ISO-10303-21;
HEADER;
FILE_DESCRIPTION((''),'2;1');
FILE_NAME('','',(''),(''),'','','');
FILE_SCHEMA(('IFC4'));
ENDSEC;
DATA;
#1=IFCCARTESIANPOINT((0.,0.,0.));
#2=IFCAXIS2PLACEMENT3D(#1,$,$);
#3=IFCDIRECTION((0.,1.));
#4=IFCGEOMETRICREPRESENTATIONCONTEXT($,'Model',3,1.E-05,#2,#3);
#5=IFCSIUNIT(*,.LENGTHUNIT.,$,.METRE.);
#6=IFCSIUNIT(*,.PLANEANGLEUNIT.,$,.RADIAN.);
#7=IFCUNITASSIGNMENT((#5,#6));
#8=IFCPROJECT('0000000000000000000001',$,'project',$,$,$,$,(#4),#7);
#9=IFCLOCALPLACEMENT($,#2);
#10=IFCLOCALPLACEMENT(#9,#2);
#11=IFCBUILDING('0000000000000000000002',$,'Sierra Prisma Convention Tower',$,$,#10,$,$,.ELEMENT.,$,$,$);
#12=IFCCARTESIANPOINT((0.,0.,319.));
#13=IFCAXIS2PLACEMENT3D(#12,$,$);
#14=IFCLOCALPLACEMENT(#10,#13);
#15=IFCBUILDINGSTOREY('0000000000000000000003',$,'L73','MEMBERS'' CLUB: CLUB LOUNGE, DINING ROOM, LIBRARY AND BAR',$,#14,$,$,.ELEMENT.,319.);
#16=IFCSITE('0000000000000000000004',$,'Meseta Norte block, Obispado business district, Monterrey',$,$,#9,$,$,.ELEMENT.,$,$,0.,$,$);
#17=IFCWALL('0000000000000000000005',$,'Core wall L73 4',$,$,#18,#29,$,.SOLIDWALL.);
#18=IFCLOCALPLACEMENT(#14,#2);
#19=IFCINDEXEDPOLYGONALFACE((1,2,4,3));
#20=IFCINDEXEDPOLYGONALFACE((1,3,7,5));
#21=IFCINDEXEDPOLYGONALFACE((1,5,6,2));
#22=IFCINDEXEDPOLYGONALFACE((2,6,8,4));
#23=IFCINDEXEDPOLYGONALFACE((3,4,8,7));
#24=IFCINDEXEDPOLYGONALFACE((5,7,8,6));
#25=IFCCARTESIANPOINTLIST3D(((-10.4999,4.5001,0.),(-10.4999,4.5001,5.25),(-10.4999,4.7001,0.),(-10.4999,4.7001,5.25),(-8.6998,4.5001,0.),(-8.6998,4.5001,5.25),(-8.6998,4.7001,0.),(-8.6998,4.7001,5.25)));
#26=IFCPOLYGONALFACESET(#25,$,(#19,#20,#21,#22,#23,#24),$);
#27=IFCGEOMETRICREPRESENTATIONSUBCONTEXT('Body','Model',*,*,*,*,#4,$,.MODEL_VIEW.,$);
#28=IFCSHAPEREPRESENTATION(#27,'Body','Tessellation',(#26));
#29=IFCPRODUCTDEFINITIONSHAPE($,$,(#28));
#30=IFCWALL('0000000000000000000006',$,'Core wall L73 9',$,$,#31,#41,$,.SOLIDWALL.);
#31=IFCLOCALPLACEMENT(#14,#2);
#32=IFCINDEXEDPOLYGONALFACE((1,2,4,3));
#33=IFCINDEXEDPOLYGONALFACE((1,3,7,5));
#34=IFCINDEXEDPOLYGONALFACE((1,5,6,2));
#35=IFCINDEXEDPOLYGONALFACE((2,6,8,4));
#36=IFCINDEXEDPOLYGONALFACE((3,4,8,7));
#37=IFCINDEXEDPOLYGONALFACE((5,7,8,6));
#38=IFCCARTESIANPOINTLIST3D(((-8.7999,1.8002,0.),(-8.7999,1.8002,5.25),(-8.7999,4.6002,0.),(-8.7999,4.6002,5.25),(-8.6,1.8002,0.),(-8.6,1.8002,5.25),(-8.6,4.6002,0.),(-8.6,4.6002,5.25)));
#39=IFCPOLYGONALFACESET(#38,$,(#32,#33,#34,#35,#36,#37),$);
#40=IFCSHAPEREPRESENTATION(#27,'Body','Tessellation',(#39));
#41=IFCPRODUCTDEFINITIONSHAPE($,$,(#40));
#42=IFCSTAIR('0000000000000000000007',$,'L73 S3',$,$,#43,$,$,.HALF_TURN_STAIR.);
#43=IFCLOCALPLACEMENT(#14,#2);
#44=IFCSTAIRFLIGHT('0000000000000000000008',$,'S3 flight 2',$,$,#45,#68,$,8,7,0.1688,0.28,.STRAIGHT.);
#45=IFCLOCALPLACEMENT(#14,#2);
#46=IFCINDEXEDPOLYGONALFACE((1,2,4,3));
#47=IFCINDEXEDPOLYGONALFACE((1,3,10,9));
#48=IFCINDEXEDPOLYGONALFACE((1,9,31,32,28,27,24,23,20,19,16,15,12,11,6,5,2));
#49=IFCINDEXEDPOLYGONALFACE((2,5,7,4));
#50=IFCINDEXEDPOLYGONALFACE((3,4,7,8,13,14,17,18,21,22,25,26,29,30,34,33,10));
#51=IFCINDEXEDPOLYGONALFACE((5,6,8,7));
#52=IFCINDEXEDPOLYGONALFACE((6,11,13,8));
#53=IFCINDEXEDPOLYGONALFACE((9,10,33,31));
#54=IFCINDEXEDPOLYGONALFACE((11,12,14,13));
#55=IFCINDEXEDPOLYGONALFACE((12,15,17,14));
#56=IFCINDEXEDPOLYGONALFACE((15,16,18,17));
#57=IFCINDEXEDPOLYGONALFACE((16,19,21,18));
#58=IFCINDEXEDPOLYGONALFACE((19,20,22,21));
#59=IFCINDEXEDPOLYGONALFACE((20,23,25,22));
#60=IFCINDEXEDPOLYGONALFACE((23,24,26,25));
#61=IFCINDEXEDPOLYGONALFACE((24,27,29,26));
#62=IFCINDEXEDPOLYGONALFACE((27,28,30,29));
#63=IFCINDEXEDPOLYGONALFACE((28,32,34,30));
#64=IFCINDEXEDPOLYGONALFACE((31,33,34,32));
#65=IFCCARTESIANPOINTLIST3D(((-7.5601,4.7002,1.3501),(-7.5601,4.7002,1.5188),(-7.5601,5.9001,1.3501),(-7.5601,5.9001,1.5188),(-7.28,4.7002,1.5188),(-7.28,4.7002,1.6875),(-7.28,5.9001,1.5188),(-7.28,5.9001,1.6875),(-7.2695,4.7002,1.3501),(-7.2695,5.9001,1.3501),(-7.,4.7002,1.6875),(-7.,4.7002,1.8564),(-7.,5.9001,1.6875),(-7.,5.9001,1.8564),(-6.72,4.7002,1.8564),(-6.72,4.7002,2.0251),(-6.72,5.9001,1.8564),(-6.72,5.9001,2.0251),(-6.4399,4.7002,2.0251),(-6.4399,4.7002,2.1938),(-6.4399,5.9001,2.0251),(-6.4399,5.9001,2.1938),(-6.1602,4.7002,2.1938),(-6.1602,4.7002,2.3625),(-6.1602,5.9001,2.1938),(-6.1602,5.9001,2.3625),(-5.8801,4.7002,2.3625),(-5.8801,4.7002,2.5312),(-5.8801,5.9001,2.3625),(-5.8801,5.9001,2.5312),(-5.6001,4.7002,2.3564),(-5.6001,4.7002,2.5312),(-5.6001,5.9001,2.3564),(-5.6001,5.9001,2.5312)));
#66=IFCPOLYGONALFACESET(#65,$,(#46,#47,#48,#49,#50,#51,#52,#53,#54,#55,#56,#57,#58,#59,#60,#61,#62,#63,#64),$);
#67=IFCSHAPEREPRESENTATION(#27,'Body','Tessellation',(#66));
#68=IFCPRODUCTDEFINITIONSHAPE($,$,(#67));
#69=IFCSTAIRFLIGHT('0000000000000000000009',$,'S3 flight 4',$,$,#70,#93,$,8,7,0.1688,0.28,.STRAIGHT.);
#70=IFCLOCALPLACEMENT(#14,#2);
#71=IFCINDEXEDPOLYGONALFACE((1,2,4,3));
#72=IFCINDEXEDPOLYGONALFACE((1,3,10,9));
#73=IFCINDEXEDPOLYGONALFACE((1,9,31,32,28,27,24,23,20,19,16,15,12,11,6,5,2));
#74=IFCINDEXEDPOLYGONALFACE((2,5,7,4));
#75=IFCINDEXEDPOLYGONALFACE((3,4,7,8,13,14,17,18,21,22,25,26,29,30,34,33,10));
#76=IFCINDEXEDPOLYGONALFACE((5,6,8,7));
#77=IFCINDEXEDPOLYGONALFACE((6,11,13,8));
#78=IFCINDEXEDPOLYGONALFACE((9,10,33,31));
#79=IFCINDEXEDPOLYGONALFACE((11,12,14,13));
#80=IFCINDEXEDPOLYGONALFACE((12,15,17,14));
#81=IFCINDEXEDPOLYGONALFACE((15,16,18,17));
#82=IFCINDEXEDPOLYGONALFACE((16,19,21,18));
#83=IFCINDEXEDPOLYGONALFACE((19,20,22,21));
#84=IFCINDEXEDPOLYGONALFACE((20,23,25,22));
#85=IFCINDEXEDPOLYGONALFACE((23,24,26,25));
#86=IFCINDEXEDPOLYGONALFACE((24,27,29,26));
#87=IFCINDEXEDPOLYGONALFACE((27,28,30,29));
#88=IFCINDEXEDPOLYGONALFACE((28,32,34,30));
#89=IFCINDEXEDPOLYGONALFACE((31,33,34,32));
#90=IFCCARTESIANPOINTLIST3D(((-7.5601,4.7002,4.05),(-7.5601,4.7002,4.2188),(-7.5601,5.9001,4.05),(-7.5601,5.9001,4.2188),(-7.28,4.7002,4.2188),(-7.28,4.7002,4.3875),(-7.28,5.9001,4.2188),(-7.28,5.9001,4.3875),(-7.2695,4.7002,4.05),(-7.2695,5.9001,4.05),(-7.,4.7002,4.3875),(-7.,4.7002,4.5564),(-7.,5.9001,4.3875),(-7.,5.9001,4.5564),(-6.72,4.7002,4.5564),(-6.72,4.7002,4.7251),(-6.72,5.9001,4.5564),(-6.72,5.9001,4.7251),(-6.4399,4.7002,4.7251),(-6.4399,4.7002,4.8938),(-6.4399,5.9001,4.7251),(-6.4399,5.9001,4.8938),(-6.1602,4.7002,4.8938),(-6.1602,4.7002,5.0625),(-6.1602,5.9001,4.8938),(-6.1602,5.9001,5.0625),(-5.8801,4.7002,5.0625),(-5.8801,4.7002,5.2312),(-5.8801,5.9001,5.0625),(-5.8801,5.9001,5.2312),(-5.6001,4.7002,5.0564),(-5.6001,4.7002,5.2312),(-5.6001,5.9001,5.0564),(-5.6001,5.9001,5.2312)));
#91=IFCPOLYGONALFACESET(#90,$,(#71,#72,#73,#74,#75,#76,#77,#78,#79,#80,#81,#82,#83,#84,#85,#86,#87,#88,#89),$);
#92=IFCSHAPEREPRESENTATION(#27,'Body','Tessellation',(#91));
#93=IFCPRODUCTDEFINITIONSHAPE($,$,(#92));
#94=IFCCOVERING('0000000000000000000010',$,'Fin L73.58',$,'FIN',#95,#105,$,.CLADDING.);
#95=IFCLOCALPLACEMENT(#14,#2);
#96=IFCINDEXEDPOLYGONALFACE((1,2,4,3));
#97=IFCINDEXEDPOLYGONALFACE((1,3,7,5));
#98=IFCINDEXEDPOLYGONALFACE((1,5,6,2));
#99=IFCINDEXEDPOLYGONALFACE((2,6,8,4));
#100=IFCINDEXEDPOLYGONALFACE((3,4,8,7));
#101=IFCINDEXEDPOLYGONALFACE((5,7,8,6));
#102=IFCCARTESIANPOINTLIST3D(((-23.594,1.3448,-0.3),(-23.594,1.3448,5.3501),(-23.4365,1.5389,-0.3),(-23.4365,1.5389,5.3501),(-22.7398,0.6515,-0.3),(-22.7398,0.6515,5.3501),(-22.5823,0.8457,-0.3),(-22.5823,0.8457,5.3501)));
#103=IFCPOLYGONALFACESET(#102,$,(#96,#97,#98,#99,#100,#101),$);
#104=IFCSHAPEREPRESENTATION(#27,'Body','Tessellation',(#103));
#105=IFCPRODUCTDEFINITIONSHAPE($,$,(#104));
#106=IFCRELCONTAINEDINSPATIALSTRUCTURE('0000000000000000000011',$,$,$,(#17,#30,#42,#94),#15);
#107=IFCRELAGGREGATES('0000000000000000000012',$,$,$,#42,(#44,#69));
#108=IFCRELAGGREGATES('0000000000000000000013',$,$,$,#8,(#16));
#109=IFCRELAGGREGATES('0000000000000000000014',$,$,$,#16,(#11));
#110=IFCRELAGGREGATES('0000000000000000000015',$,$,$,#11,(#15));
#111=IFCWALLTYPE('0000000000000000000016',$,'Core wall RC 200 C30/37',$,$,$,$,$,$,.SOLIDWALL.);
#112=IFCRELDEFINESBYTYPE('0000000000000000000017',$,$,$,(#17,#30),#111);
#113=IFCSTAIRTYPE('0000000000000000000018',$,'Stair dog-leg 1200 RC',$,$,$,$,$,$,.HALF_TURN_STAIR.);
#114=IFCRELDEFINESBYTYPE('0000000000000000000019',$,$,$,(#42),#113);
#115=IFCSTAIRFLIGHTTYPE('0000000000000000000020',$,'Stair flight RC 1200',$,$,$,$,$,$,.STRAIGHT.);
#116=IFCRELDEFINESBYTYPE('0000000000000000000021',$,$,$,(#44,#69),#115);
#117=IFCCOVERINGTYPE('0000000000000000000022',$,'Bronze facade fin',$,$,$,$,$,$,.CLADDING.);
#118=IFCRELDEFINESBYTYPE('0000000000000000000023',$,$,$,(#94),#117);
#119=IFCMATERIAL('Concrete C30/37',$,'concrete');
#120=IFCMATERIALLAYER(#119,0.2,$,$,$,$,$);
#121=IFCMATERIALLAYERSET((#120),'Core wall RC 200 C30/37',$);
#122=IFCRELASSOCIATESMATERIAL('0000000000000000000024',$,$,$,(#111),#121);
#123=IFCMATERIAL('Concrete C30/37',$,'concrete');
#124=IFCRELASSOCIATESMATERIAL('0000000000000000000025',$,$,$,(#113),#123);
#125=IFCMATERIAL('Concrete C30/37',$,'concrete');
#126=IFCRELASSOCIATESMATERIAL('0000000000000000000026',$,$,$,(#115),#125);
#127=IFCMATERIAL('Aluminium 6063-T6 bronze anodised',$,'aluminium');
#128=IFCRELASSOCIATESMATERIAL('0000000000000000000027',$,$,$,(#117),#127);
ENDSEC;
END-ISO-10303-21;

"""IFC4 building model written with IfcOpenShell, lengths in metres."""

from ifc_helpers import new_model, si_unit, direction, frame, frame_2d, origin, origin_2d, place, context, subcontext, project, spatial, polyline, rectangle, outline, extrude, material, layer, layer_set, material_profile, profile_set, type_object, element, aggregate, save


model = new_model("IFC4")

# Units and contexts
model_context = context("Model", 3, precision=1e-05, world=origin(), true_north=direction((0.0, 1.0)))
body_context = subcontext(model_context, "Body", "Model", "MODEL_VIEW")
ifc_project = project(units=[si_unit("LENGTHUNIT", "METRE"), si_unit("PLANEANGLEUNIT", "RADIAN")], contexts=[model_context])

# Site, building, storey
site_placement = place(None, origin())
site = spatial("IfcSite", under=ifc_project, at=site_placement, Name="Meseta Norte block, Obispado business district, Monterrey", CompositionType="ELEMENT", RefElevation=0.0)
building_placement = place(site_placement, origin())
building = spatial("IfcBuilding", under=site, at=building_placement, Name="Sierra Prisma Convention Tower", CompositionType="ELEMENT")
storey_placement = place(building_placement, frame((0.0, 0.0, 319.0)))
storey = spatial("IfcBuildingStorey", under=building, at=storey_placement, Name="L73", Description="MEMBERS' CLUB: CLUB LOUNGE, DINING ROOM, LIBRARY AND BAR", CompositionType="ELEMENT", Elevation=319.0)

# Shared definitions
ifc_material_1 = material(Name="Concrete C30/37", Category="concrete")
ifc_layer_1 = layer(ifc_material_1, 0.2)
ifc_layer_set_1 = layer_set([ifc_layer_1], Name="Core wall RC 200 C30/37")
wall_type = type_object("IfcWallType", Name="Core wall RC 200 C30/37", PredefinedType="SOLIDWALL", material=ifc_layer_set_1)

# Wall
wall_1_placement = place(storey_placement, frame((-8.7, 4.6001, 0.0), z_axis=(0.0, 0.0, 1.0), x_axis=(-1.0, 0.0, 0.0)))
element("IfcWall", 1, at=wall_1_placement, inside=storey, type_object=wall_type, Name="Core wall L73 4", PredefinedType="SOLIDWALL", context=body_context, shape_type="SweptSolid", body=[
    extrude(rectangle(XDim=1.8, YDim=0.2, at=frame_2d((0.8999, 0.0))), origin(), (0.0, 0.0, 1.0), 5.25),
])

# Wall
wall_2_placement = place(storey_placement, frame((-8.7, 4.6001, 0.0), z_axis=(0.0, 0.0, 1.0), x_axis=(0.0, -1.0, 0.0)))
element("IfcWall", 2, at=wall_2_placement, inside=storey, type_object=wall_type, Name="Core wall L73 9", PredefinedType="SOLIDWALL", context=body_context, shape_type="SweptSolid", body=[
    extrude(rectangle(XDim=2.8, YDim=0.2, at=frame_2d((1.3999, 0.0))), origin(), (0.0, 0.0, 1.0), 5.25),
])

# Stair, stair flights
ifc_material_2 = material(Name="Concrete C30/37", Category="concrete")
stair_type = type_object("IfcStairType", Name="Stair dog-leg 1200 RC", PredefinedType="HALF_TURN_STAIR", material=ifc_material_2)
stair_placement = place(storey_placement, origin())
stair = element("IfcStair", 3, at=stair_placement, inside=storey, type_object=stair_type, Name="L73 S3", PredefinedType="HALF_TURN_STAIR")
ifc_material_3 = material(Name="Concrete C30/37", Category="concrete")
stair_flight_type = type_object("IfcStairFlightType", Name="Stair flight RC 1200", PredefinedType="STRAIGHT", material=ifc_material_3)
stair_flight_1_placement = place(storey_placement, frame((-7.5601, 5.3, 1.3501), z_axis=(0.0, 0.0, 1.0), x_axis=(1.0, 0.0, 0.0)))
stair_flight_1 = element("IfcStairFlight", 4, at=stair_flight_1_placement, type_object=stair_flight_type, Name="S3 flight 2", NumberOfRisers=8, NumberOfTreads=7, PredefinedType="STRAIGHT", RiserHeight=0.1688, TreadLength=0.28, context=body_context, shape_type="SweptSolid", body=[
    extrude(outline(polyline([(0.0, 0.0), (0.0, 0.1687), (0.28, 0.1687), (0.28, 0.3374), (0.5601, 0.3374), (0.5601, 0.5063), (0.8401, 0.5063), (0.8401, 0.675), (1.1201, 0.675), (1.1201, 0.8438), (1.3999, 0.8438), (1.3999, 1.0125), (1.6799, 1.0125), (1.6799, 1.1812), (1.96, 1.1812), (1.96, 1.3501), (1.96, 1.0063), (0.2905, 0.0), (0.0, 0.0)])), frame((0.0, 0.6001, 0.0), z_axis=(0.0, -1.0, 0.0), x_axis=(1.0, 0.0, 0.0)), (0.0, 0.0, 1.0), 1.2),
])
stair_flight_2_placement = place(storey_placement, frame((-7.5601, 5.3, 4.05), z_axis=(0.0, 0.0, 1.0), x_axis=(1.0, 0.0, 0.0)))
stair_flight_2 = element("IfcStairFlight", 5, at=stair_flight_2_placement, type_object=stair_flight_type, Name="S3 flight 4", NumberOfRisers=8, NumberOfTreads=7, PredefinedType="STRAIGHT", RiserHeight=0.1688, TreadLength=0.28, context=body_context, shape_type="SweptSolid", body=[
    extrude(outline(polyline([(0.0, 0.0), (0.0, 0.1687), (0.28, 0.1687), (0.28, 0.3374), (0.5601, 0.3374), (0.5601, 0.5063), (0.8401, 0.5063), (0.8401, 0.675), (1.1201, 0.675), (1.1201, 0.8438), (1.3999, 0.8438), (1.3999, 1.0125), (1.6799, 1.0125), (1.6799, 1.1812), (1.96, 1.1812), (1.96, 1.3501), (1.96, 1.0063), (0.2905, 0.0), (0.0, 0.0)])), frame((0.0, 0.6001, 0.0), z_axis=(0.0, -1.0, 0.0), x_axis=(1.0, 0.0, 0.0)), (0.0, 0.0, 1.0), 1.2),
])
aggregate(stair, [stair_flight_1, stair_flight_2])

# Covering
ifc_material_4 = material(Name="Aluminium 6063-T6 bronze anodised", Category="aluminium")
ifc_material_profile_1 = material_profile(ifc_material_4, rectangle(XDim=1.1001, YDim=0.25, at=origin_2d()), Name="ALU FIN 1100x250")
ifc_profile_set_1 = profile_set([ifc_material_profile_1], Name="Aluminium 6063-T6 bronze anodised")
covering_type = type_object("IfcCoveringType", Name="Bronze facade fin", PredefinedType="CLADDING", material=ifc_profile_set_1)
covering_placement = place(storey_placement, frame((-23.0881, 1.0952, -0.3), z_axis=(0.0, 0.0, 1.0), x_axis=(-0.776487, 0.630134, 0.0)))
element("IfcCovering", 6, at=covering_placement, inside=storey, type_object=covering_type, Name="Fin L73.58", ObjectType="FIN", PredefinedType="CLADDING", context=body_context, shape_type="SweptSolid", body=[
    extrude(rectangle(XDim=1.1001, YDim=0.25, at=origin_2d()), origin(), (0.0, 0.0, 1.0), 5.6501),
])

save(model, "model.ifc")
